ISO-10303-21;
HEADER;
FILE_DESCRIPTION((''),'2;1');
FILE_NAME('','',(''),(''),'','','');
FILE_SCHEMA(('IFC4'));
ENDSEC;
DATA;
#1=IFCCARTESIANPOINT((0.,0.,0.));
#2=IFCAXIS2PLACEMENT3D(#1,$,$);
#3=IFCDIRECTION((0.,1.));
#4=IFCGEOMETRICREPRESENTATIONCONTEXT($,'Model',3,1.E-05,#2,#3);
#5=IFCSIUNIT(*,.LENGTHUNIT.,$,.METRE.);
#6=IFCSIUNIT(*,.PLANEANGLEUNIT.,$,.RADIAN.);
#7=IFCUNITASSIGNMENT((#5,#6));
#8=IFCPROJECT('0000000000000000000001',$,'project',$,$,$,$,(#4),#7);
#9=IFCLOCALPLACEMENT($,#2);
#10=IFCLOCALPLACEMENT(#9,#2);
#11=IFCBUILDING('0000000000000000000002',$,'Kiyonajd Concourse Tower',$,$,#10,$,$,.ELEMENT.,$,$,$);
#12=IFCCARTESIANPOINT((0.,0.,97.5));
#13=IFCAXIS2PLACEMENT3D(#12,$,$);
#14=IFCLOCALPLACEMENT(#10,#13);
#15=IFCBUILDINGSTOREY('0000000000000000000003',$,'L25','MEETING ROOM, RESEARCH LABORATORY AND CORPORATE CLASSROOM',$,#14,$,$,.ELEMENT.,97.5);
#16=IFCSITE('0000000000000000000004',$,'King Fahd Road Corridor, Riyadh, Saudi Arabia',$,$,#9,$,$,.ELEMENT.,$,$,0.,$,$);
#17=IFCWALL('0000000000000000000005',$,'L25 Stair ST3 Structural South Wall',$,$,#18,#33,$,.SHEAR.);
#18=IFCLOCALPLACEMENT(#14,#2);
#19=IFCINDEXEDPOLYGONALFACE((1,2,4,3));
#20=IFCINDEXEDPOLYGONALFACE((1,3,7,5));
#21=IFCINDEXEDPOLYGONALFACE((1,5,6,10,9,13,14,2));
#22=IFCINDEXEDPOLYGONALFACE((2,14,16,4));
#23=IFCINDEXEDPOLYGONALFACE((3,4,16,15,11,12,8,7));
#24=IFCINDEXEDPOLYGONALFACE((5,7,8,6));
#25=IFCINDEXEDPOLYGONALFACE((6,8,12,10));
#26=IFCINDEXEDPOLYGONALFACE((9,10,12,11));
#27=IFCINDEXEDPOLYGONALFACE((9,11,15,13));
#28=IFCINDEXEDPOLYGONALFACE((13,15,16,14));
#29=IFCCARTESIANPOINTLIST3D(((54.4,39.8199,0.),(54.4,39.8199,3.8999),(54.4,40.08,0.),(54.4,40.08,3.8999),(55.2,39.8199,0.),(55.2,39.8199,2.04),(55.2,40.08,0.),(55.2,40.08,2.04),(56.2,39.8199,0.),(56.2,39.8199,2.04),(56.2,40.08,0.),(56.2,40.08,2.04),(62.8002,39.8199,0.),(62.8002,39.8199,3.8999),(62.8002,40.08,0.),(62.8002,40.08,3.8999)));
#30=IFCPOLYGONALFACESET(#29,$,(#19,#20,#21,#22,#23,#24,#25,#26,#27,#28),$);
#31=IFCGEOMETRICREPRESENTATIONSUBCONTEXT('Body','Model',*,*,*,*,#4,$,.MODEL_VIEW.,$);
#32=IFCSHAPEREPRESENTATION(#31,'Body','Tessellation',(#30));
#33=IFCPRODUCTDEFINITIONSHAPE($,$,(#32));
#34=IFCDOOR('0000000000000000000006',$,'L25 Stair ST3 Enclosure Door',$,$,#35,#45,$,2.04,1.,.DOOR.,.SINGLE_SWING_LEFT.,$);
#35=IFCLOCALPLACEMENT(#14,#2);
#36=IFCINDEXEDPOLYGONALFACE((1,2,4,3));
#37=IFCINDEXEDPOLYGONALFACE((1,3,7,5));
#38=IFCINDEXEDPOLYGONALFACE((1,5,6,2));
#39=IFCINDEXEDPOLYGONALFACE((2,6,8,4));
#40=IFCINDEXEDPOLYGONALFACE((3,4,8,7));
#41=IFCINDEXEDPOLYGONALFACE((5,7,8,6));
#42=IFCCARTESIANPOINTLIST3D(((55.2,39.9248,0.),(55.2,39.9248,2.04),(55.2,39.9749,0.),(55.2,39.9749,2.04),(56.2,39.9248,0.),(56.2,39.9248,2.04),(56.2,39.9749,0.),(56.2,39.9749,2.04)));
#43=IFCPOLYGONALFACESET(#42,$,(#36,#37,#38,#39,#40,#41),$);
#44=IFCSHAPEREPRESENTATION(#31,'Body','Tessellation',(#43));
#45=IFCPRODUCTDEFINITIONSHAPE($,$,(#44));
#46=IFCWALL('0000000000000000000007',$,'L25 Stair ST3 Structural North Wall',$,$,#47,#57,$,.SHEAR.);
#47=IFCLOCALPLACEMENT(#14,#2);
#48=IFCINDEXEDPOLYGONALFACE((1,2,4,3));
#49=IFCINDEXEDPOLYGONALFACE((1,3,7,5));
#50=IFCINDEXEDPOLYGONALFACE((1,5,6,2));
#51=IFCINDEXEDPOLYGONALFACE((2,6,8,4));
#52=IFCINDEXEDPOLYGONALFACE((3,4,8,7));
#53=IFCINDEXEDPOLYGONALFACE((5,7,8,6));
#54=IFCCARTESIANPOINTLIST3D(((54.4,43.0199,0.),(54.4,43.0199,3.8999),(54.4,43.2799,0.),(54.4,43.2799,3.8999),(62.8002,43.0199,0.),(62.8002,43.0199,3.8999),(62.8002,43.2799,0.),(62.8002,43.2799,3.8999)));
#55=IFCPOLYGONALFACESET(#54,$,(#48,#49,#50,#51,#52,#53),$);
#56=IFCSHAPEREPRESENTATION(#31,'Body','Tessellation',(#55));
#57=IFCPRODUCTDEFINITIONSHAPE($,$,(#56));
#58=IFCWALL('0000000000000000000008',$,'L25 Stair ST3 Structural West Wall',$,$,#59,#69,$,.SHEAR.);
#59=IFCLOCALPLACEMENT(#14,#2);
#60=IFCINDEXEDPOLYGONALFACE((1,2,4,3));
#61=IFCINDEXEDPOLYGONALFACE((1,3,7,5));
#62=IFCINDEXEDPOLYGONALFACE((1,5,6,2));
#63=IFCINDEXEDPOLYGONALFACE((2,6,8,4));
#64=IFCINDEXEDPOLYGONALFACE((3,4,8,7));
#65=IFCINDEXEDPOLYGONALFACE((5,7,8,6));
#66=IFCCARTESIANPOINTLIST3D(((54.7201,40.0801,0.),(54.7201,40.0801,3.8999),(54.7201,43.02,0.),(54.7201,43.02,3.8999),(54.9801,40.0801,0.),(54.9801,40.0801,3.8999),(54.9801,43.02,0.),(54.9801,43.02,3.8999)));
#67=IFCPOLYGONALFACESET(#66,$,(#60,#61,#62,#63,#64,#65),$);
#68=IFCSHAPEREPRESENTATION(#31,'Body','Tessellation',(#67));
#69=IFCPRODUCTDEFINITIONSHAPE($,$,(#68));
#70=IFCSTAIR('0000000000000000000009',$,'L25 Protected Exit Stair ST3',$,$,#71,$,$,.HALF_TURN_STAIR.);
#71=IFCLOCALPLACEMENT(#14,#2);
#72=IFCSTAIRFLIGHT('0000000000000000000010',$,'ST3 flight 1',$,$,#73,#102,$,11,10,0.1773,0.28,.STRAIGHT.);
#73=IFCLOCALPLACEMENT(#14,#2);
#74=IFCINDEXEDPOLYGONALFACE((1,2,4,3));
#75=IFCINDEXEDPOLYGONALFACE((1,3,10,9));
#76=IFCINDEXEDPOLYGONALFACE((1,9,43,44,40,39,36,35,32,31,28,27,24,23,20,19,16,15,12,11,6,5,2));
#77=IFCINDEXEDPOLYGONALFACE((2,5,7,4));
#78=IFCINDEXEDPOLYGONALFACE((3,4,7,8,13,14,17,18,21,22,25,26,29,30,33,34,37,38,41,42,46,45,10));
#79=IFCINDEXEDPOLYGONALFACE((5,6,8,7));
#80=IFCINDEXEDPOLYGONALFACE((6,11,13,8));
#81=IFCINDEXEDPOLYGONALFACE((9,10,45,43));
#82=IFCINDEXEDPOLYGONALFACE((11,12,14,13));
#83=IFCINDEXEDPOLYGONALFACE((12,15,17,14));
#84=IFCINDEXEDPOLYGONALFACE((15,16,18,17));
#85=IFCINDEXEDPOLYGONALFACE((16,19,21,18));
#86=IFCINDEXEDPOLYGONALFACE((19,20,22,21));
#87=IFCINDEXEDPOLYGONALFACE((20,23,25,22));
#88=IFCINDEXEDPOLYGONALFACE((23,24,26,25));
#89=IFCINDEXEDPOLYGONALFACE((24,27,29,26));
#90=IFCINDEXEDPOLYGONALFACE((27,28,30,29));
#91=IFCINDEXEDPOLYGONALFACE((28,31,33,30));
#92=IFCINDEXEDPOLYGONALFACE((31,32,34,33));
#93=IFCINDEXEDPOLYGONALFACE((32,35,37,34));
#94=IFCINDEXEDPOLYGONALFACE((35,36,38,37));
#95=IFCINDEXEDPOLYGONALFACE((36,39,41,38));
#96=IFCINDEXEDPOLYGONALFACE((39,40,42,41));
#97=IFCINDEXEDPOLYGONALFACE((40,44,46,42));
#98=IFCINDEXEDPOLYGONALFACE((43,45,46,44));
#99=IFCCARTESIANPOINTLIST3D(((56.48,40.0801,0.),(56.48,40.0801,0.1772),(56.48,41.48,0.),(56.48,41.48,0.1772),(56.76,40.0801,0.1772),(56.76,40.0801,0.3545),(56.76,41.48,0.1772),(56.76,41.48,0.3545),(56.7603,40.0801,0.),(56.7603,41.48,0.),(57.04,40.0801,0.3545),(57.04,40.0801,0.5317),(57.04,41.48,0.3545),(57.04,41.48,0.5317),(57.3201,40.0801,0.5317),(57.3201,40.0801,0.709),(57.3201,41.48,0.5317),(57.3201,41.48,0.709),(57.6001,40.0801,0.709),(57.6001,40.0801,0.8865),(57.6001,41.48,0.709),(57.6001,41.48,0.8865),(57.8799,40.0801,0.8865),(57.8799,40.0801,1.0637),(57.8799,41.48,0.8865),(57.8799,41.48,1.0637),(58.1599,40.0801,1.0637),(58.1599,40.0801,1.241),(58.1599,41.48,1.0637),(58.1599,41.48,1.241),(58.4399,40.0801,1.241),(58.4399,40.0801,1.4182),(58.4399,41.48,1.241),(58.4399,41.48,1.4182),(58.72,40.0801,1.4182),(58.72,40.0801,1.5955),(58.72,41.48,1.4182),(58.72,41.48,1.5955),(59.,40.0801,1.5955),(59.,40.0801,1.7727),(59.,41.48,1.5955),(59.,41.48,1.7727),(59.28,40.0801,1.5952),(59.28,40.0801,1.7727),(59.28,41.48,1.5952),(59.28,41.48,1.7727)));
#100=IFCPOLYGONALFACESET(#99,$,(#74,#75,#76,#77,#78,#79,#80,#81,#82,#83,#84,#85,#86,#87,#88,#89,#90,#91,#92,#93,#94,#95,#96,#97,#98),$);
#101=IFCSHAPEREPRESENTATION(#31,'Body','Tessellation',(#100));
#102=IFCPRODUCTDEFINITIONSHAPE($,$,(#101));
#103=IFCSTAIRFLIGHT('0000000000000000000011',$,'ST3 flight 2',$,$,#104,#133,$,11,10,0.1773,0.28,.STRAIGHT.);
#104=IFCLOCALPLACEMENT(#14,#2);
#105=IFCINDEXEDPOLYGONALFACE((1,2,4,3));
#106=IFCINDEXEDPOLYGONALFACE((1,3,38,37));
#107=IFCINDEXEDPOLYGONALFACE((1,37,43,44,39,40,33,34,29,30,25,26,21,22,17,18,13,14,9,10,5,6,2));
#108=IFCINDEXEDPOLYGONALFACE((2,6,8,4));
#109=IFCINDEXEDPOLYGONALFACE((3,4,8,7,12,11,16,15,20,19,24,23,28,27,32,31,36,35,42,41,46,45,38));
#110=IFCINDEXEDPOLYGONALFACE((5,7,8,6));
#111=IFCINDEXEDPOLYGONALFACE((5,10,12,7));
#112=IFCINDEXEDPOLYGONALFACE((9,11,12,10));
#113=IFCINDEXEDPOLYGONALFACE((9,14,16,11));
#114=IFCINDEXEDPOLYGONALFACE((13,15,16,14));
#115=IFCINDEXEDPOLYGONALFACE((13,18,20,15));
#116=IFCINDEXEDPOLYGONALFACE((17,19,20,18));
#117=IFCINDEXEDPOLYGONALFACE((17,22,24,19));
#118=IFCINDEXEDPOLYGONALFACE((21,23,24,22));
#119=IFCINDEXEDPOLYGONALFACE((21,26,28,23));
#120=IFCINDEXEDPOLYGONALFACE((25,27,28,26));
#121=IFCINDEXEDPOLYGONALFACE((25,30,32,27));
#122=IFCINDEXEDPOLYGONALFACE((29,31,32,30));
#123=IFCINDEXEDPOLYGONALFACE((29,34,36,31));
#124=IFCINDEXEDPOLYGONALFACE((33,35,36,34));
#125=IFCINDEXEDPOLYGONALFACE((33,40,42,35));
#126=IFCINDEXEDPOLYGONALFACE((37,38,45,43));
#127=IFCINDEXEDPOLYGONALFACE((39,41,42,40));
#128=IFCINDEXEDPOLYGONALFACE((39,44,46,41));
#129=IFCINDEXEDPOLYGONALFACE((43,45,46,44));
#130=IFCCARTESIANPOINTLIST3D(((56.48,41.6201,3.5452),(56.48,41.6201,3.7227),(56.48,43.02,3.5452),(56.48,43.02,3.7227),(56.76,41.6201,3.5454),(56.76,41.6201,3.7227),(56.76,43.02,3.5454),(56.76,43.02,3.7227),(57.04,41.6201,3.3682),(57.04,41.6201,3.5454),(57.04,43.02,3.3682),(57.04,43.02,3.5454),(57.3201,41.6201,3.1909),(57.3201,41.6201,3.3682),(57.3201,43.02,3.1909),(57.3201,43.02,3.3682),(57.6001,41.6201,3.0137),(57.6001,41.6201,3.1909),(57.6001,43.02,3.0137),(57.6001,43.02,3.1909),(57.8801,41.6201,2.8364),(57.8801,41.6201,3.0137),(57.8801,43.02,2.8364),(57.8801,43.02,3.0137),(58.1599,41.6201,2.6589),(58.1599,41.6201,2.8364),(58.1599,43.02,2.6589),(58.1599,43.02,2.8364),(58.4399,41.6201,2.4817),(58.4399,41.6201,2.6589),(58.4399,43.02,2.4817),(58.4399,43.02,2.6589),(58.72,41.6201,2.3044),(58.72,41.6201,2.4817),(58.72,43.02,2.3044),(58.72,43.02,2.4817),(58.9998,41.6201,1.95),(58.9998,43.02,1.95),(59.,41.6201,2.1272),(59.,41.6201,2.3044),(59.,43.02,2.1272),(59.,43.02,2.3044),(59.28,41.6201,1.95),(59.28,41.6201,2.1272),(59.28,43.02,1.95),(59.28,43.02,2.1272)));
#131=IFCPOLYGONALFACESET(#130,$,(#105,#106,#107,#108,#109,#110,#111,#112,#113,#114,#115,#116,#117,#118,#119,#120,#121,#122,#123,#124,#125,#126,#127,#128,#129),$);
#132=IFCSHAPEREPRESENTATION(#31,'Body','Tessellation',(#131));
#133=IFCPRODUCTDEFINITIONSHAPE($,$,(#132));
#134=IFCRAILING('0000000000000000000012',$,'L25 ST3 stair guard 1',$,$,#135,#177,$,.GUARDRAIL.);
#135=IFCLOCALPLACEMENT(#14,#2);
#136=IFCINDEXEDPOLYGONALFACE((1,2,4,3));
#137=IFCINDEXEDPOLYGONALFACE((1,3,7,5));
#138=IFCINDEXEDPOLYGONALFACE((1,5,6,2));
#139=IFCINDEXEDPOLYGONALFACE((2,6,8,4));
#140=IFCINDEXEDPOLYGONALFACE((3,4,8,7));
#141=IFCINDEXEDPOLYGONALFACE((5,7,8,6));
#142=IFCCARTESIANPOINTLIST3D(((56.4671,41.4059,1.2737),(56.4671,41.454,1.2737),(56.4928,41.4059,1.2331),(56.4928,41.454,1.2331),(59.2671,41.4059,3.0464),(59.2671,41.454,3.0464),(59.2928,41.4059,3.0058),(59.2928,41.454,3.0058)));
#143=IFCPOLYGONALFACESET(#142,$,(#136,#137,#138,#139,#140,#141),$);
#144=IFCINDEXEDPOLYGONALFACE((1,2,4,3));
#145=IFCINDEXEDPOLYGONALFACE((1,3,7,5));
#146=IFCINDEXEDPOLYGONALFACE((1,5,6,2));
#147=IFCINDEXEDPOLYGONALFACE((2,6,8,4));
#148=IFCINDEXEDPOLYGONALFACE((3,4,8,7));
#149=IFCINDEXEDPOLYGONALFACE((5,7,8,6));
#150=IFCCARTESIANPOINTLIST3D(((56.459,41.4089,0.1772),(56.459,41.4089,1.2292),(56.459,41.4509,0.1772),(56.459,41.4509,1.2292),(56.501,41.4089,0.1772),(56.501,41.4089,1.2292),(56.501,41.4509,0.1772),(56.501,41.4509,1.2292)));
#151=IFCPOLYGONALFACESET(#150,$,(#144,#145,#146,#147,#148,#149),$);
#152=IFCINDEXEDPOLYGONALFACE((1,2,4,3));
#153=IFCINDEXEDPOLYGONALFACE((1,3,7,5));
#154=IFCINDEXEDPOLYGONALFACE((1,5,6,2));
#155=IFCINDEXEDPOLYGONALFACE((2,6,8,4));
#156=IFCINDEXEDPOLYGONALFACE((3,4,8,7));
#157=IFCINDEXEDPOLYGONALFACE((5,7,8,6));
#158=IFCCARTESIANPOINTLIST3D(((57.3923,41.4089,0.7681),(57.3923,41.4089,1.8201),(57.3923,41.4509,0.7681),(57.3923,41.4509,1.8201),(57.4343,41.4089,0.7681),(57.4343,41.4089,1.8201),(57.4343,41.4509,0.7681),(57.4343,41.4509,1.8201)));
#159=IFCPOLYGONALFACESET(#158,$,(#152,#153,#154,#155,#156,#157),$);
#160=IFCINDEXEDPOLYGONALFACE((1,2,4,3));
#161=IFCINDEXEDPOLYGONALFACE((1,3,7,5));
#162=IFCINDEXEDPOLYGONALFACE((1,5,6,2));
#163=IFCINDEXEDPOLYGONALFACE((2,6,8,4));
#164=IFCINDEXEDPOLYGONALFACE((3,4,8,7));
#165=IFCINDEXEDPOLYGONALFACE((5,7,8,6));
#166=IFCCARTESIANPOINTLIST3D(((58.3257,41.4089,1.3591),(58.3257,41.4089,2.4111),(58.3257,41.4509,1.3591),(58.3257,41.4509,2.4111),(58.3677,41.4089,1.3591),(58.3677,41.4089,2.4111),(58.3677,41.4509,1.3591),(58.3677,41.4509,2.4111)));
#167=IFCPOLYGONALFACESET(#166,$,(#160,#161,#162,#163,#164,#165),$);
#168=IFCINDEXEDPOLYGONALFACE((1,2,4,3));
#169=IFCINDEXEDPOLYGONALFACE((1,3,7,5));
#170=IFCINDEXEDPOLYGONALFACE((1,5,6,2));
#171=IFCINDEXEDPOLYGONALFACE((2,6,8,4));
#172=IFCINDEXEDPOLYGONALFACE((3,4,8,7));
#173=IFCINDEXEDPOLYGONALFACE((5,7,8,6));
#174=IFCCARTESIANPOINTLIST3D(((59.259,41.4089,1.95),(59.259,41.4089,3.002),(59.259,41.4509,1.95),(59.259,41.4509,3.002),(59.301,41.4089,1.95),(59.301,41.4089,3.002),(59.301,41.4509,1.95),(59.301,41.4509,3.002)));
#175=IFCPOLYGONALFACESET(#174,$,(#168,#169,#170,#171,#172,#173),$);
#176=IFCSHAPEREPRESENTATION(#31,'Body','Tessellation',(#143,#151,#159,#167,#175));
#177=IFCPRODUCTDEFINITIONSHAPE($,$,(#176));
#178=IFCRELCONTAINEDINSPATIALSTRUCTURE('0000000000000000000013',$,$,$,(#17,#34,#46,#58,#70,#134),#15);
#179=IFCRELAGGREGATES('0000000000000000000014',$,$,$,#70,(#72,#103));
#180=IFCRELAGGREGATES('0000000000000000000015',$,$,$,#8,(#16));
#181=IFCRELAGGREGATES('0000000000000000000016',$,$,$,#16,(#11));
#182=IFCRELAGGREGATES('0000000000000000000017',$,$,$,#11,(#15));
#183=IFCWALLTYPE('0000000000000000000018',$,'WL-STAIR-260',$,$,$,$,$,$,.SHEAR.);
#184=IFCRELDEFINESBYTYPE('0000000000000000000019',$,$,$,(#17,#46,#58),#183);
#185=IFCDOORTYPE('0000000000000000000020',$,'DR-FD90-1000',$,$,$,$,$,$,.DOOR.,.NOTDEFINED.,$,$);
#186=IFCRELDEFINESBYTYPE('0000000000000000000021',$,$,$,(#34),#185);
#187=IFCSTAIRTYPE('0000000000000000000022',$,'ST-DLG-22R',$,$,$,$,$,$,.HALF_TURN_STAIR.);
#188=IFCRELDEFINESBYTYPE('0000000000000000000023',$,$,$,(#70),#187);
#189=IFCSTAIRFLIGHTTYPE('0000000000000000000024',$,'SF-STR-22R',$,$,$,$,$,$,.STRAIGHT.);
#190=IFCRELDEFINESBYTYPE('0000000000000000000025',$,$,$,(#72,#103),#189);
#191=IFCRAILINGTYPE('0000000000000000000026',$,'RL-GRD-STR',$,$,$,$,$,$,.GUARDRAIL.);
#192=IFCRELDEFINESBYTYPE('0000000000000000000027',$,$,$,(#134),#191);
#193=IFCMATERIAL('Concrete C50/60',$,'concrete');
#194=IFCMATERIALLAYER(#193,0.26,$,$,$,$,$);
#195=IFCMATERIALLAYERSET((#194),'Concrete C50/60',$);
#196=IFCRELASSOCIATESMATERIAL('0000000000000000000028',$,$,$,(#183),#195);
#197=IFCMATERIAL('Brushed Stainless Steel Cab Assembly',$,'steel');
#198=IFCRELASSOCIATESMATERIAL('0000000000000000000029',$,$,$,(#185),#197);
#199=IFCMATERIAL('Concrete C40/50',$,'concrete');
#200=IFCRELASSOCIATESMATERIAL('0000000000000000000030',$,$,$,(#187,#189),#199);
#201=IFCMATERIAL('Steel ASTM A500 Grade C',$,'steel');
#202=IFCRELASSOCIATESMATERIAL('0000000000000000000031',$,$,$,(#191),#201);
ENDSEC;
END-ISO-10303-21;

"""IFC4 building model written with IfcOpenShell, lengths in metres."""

from ifc_helpers import new_model, si_unit, direction, frame, frame_2d, origin, origin_2d, place, context, subcontext, project, spatial, polyline, rectangle, outline, extrude, material, layer, layer_set, type_object, element, fill, aggregate, save


model = new_model("IFC4")

# Units and contexts
model_context = context("Model", 3, precision=1e-05, world=origin(), true_north=direction((0.0, 1.0)))
body_context = subcontext(model_context, "Body", "Model", "MODEL_VIEW")
ifc_project = project(units=[si_unit("LENGTHUNIT", "METRE"), si_unit("PLANEANGLEUNIT", "RADIAN")], contexts=[model_context])

# Site, building, storey
site_placement = place(None, origin())
site = spatial("IfcSite", under=ifc_project, at=site_placement, Name="King Fahd Road Corridor, Riyadh, Saudi Arabia", CompositionType="ELEMENT", RefElevation=0.0)
building_placement = place(site_placement, origin())
building = spatial("IfcBuilding", under=site, at=building_placement, Name="Kiyonajd Concourse Tower", CompositionType="ELEMENT")
storey_placement = place(building_placement, frame((0.0, 0.0, 97.5)))
storey = spatial("IfcBuildingStorey", under=building, at=storey_placement, Name="L25", Description="MEETING ROOM, RESEARCH LABORATORY AND CORPORATE CLASSROOM", CompositionType="ELEMENT", Elevation=97.5)

# Shared definitions
ifc_material_1 = material(Name="Concrete C50/60", Category="concrete")

# Shared definitions
ifc_layer_1 = layer(ifc_material_1, 0.26)
ifc_layer_set_1 = layer_set([ifc_layer_1], Name="Concrete C50/60")
wall_type_1 = type_object("IfcWallType", Name="WL-STAIR-260", PredefinedType="SHEAR", material=ifc_layer_set_1)

# Wall, opening, door
wall_1_placement = place(storey_placement, frame((54.3999, 39.95, 0.0), z_axis=(0.0, 0.0, 1.0), x_axis=(1.0, 0.0, 0.0)))
wall_1 = element("IfcWall", 1, at=wall_1_placement, inside=storey, type_object=wall_type_1, Name="L25 Stair ST3 Structural South Wall", PredefinedType="SHEAR", context=body_context, shape_type="SweptSolid", body=[
    extrude(rectangle(XDim=8.4001, YDim=0.26, at=frame_2d((4.2002, 0.0))), origin(), (0.0, 0.0, 1.0), 3.8999),
])
opening_1_placement = place(wall_1_placement, frame((0.8, 0.0, 0.0)))
opening_1 = element("IfcOpeningElement", 2, at=opening_1_placement, cuts=wall_1, PredefinedType="OPENING", context=body_context, shape_type="SweptSolid", body=[
    extrude(rectangle(XDim=1.0, YDim=2.04, at=frame_2d((0.5, 1.02))), frame((0.0, 0.1399, 0.0), z_axis=(0.0, -1.0, 0.0), x_axis=(1.0, 0.0, 0.0)), (0.0, 0.0, 1.0), 0.28),
])
ifc_material_2 = material(Name="Brushed Stainless Steel Cab Assembly", Category="steel")
door_type_1 = type_object("IfcDoorType", Name="DR-FD90-1000", OperationType="NOTDEFINED", PredefinedType="DOOR", material=ifc_material_2)
door_1_placement = place(opening_1_placement, origin())
door_1 = element("IfcDoor", 3, at=door_1_placement, inside=storey, type_object=door_type_1, Name="L25 Stair ST3 Enclosure Door", OperationType="SINGLE_SWING_LEFT", OverallHeight=2.04, OverallWidth=1.0, PredefinedType="DOOR", context=body_context, shape_type="SweptSolid", body=[
    extrude(rectangle(XDim=1.0, YDim=2.04, at=frame_2d((0.5, 1.02))), frame((0.0, 0.0249, 0.0), z_axis=(0.0, -1.0, 0.0), x_axis=(1.0, 0.0, 0.0)), (0.0, 0.0, 1.0), 0.05),
])
fill(opening_1, door_1)

# Walls
wall_2_placement = place(storey_placement, frame((54.3999, 43.1499, 0.0), z_axis=(0.0, 0.0, 1.0), x_axis=(1.0, 0.0, 0.0)))
element("IfcWall", 4, at=wall_2_placement, inside=storey, type_object=wall_type_1, Name="L25 Stair ST3 Structural North Wall", PredefinedType="SHEAR", context=body_context, shape_type="SweptSolid", body=[
    extrude(rectangle(XDim=8.4001, YDim=0.26, at=frame_2d((4.2002, 0.0))), origin(), (0.0, 0.0, 1.0), 3.8999),
])
wall_3_placement = place(storey_placement, frame((54.8501, 40.0801, 0.0), z_axis=(0.0, 0.0, 1.0), x_axis=(0.0, 1.0, 0.0)))
element("IfcWall", 5, at=wall_3_placement, inside=storey, type_object=wall_type_1, Name="L25 Stair ST3 Structural West Wall", PredefinedType="SHEAR", context=body_context, shape_type="SweptSolid", body=[
    extrude(rectangle(XDim=2.9399, YDim=0.26, at=frame_2d((1.47, 0.0))), origin(), (0.0, 0.0, 1.0), 3.8999),
])

# Stair, stair flights
ifc_material_3 = material(Name="Concrete C40/50", Category="concrete")
stair_type = type_object("IfcStairType", Name="ST-DLG-22R", PredefinedType="HALF_TURN_STAIR", material=ifc_material_3)
stair_placement = place(storey_placement, origin())
stair = element("IfcStair", 6, at=stair_placement, inside=storey, type_object=stair_type, Name="L25 Protected Exit Stair ST3", PredefinedType="HALF_TURN_STAIR")
stair_flight_type = type_object("IfcStairFlightType", Name="SF-STR-22R", PredefinedType="STRAIGHT", material=ifc_material_3)
stair_flight_1_placement = place(storey_placement, frame((56.48, 40.78, 0.0), z_axis=(0.0, 0.0, 1.0), x_axis=(1.0, 0.0, 0.0)))
stair_flight_1 = element("IfcStairFlight", 7, at=stair_flight_1_placement, type_object=stair_flight_type, Name="ST3 flight 1", NumberOfRisers=11, NumberOfTreads=10, PredefinedType="STRAIGHT", RiserHeight=0.1773, TreadLength=0.28, context=body_context, shape_type="SweptSolid", body=[
    extrude(outline(polyline([(0.0, 0.0), (0.0, 0.1772), (0.28, 0.1772), (0.28, 0.3545), (0.5601, 0.3545), (0.5601, 0.5317), (0.8401, 0.5317), (0.8401, 0.709), (1.1201, 0.709), (1.1201, 0.8865), (1.3999, 0.8865), (1.3999, 1.0637), (1.6799, 1.0637), (1.6799, 1.241), (1.96, 1.241), (1.96, 1.4182), (2.24, 1.4182), (2.24, 1.5955), (2.52, 1.5955), (2.52, 1.7727), (2.8, 1.7727), (2.8, 1.95), (2.8, 1.5952), (0.2803, 0.0), (0.0, 0.0)])), frame((0.0, 0.7, 0.0), z_axis=(0.0, -1.0, 0.0), x_axis=(1.0, 0.0, 0.0)), (0.0, 0.0, 1.0), 1.3999),
])
stair_flight_2_placement = place(storey_placement, frame((59.28, 42.3201, 1.95), z_axis=(0.0, 0.0, 1.0), x_axis=(-1.0, 0.0, 0.0)))
stair_flight_2 = element("IfcStairFlight", 8, at=stair_flight_2_placement, type_object=stair_flight_type, Name="ST3 flight 2", NumberOfRisers=11, NumberOfTreads=10, PredefinedType="STRAIGHT", RiserHeight=0.1773, TreadLength=0.28, context=body_context, shape_type="SweptSolid", body=[
    extrude(outline(polyline([(0.0, 0.0), (0.0, 0.1772), (0.28, 0.1772), (0.28, 0.3545), (0.5601, 0.3545), (0.5601, 0.5317), (0.8401, 0.5317), (0.8401, 0.709), (1.1201, 0.709), (1.1201, 0.8865), (1.3999, 0.8865), (1.3999, 1.0637), (1.6799, 1.0637), (1.6799, 1.241), (1.96, 1.241), (1.96, 1.4182), (2.24, 1.4182), (2.24, 1.5955), (2.52, 1.5955), (2.52, 1.7727), (2.8, 1.7727), (2.8, 1.95), (2.8, 1.5952), (0.2803, 0.0), (0.0, 0.0)])), frame((0.0, 0.7, 0.0), z_axis=(0.0, -1.0, 0.0), x_axis=(1.0, 0.0, 0.0)), (0.0, 0.0, 1.0), 1.3999),
])
aggregate(stair, [stair_flight_1, stair_flight_2])

# Railing
ifc_material_4 = material(Name="Steel ASTM A500 Grade C", Category="steel")
railing_type_1 = type_object("IfcRailingType", Name="RL-GRD-STR", PredefinedType="GUARDRAIL", material=ifc_material_4)
railing_1_placement = place(storey_placement, frame((56.48, 41.4299, 0.1772)))
element("IfcRailing", 9, at=railing_1_placement, inside=storey, type_object=railing_type_1, Name="L25 ST3 stair guard 1", PredefinedType="GUARDRAIL", context=body_context, shape_type="SweptSolid", body=[
    extrude(rectangle(XDim=0.0481, YDim=0.0481, at=origin_2d()), frame((0.0, 0.0, 1.0762), z_axis=(0.844909, 0.0, 0.53491), x_axis=(0.0, 1.0, 0.0)), (0.0, 0.0, 1.0), 3.314),
    extrude(rectangle(XDim=0.042, YDim=0.042, at=origin_2d()), origin(), (0.0, 0.0, 1.0), 1.052),
    extrude(rectangle(XDim=0.042, YDim=0.042, at=origin_2d()), frame((0.9333, 0.0, 0.5908)), (0.0, 0.0, 1.0), 1.052),
    extrude(rectangle(XDim=0.042, YDim=0.042, at=origin_2d()), frame((1.8667, 0.0, 1.1819)), (0.0, 0.0, 1.0), 1.052),
    extrude(rectangle(XDim=0.042, YDim=0.042, at=origin_2d()), frame((2.8, 0.0, 1.7727)), (0.0, 0.0, 1.0), 1.052),
])

save(model, "model.ifc")
